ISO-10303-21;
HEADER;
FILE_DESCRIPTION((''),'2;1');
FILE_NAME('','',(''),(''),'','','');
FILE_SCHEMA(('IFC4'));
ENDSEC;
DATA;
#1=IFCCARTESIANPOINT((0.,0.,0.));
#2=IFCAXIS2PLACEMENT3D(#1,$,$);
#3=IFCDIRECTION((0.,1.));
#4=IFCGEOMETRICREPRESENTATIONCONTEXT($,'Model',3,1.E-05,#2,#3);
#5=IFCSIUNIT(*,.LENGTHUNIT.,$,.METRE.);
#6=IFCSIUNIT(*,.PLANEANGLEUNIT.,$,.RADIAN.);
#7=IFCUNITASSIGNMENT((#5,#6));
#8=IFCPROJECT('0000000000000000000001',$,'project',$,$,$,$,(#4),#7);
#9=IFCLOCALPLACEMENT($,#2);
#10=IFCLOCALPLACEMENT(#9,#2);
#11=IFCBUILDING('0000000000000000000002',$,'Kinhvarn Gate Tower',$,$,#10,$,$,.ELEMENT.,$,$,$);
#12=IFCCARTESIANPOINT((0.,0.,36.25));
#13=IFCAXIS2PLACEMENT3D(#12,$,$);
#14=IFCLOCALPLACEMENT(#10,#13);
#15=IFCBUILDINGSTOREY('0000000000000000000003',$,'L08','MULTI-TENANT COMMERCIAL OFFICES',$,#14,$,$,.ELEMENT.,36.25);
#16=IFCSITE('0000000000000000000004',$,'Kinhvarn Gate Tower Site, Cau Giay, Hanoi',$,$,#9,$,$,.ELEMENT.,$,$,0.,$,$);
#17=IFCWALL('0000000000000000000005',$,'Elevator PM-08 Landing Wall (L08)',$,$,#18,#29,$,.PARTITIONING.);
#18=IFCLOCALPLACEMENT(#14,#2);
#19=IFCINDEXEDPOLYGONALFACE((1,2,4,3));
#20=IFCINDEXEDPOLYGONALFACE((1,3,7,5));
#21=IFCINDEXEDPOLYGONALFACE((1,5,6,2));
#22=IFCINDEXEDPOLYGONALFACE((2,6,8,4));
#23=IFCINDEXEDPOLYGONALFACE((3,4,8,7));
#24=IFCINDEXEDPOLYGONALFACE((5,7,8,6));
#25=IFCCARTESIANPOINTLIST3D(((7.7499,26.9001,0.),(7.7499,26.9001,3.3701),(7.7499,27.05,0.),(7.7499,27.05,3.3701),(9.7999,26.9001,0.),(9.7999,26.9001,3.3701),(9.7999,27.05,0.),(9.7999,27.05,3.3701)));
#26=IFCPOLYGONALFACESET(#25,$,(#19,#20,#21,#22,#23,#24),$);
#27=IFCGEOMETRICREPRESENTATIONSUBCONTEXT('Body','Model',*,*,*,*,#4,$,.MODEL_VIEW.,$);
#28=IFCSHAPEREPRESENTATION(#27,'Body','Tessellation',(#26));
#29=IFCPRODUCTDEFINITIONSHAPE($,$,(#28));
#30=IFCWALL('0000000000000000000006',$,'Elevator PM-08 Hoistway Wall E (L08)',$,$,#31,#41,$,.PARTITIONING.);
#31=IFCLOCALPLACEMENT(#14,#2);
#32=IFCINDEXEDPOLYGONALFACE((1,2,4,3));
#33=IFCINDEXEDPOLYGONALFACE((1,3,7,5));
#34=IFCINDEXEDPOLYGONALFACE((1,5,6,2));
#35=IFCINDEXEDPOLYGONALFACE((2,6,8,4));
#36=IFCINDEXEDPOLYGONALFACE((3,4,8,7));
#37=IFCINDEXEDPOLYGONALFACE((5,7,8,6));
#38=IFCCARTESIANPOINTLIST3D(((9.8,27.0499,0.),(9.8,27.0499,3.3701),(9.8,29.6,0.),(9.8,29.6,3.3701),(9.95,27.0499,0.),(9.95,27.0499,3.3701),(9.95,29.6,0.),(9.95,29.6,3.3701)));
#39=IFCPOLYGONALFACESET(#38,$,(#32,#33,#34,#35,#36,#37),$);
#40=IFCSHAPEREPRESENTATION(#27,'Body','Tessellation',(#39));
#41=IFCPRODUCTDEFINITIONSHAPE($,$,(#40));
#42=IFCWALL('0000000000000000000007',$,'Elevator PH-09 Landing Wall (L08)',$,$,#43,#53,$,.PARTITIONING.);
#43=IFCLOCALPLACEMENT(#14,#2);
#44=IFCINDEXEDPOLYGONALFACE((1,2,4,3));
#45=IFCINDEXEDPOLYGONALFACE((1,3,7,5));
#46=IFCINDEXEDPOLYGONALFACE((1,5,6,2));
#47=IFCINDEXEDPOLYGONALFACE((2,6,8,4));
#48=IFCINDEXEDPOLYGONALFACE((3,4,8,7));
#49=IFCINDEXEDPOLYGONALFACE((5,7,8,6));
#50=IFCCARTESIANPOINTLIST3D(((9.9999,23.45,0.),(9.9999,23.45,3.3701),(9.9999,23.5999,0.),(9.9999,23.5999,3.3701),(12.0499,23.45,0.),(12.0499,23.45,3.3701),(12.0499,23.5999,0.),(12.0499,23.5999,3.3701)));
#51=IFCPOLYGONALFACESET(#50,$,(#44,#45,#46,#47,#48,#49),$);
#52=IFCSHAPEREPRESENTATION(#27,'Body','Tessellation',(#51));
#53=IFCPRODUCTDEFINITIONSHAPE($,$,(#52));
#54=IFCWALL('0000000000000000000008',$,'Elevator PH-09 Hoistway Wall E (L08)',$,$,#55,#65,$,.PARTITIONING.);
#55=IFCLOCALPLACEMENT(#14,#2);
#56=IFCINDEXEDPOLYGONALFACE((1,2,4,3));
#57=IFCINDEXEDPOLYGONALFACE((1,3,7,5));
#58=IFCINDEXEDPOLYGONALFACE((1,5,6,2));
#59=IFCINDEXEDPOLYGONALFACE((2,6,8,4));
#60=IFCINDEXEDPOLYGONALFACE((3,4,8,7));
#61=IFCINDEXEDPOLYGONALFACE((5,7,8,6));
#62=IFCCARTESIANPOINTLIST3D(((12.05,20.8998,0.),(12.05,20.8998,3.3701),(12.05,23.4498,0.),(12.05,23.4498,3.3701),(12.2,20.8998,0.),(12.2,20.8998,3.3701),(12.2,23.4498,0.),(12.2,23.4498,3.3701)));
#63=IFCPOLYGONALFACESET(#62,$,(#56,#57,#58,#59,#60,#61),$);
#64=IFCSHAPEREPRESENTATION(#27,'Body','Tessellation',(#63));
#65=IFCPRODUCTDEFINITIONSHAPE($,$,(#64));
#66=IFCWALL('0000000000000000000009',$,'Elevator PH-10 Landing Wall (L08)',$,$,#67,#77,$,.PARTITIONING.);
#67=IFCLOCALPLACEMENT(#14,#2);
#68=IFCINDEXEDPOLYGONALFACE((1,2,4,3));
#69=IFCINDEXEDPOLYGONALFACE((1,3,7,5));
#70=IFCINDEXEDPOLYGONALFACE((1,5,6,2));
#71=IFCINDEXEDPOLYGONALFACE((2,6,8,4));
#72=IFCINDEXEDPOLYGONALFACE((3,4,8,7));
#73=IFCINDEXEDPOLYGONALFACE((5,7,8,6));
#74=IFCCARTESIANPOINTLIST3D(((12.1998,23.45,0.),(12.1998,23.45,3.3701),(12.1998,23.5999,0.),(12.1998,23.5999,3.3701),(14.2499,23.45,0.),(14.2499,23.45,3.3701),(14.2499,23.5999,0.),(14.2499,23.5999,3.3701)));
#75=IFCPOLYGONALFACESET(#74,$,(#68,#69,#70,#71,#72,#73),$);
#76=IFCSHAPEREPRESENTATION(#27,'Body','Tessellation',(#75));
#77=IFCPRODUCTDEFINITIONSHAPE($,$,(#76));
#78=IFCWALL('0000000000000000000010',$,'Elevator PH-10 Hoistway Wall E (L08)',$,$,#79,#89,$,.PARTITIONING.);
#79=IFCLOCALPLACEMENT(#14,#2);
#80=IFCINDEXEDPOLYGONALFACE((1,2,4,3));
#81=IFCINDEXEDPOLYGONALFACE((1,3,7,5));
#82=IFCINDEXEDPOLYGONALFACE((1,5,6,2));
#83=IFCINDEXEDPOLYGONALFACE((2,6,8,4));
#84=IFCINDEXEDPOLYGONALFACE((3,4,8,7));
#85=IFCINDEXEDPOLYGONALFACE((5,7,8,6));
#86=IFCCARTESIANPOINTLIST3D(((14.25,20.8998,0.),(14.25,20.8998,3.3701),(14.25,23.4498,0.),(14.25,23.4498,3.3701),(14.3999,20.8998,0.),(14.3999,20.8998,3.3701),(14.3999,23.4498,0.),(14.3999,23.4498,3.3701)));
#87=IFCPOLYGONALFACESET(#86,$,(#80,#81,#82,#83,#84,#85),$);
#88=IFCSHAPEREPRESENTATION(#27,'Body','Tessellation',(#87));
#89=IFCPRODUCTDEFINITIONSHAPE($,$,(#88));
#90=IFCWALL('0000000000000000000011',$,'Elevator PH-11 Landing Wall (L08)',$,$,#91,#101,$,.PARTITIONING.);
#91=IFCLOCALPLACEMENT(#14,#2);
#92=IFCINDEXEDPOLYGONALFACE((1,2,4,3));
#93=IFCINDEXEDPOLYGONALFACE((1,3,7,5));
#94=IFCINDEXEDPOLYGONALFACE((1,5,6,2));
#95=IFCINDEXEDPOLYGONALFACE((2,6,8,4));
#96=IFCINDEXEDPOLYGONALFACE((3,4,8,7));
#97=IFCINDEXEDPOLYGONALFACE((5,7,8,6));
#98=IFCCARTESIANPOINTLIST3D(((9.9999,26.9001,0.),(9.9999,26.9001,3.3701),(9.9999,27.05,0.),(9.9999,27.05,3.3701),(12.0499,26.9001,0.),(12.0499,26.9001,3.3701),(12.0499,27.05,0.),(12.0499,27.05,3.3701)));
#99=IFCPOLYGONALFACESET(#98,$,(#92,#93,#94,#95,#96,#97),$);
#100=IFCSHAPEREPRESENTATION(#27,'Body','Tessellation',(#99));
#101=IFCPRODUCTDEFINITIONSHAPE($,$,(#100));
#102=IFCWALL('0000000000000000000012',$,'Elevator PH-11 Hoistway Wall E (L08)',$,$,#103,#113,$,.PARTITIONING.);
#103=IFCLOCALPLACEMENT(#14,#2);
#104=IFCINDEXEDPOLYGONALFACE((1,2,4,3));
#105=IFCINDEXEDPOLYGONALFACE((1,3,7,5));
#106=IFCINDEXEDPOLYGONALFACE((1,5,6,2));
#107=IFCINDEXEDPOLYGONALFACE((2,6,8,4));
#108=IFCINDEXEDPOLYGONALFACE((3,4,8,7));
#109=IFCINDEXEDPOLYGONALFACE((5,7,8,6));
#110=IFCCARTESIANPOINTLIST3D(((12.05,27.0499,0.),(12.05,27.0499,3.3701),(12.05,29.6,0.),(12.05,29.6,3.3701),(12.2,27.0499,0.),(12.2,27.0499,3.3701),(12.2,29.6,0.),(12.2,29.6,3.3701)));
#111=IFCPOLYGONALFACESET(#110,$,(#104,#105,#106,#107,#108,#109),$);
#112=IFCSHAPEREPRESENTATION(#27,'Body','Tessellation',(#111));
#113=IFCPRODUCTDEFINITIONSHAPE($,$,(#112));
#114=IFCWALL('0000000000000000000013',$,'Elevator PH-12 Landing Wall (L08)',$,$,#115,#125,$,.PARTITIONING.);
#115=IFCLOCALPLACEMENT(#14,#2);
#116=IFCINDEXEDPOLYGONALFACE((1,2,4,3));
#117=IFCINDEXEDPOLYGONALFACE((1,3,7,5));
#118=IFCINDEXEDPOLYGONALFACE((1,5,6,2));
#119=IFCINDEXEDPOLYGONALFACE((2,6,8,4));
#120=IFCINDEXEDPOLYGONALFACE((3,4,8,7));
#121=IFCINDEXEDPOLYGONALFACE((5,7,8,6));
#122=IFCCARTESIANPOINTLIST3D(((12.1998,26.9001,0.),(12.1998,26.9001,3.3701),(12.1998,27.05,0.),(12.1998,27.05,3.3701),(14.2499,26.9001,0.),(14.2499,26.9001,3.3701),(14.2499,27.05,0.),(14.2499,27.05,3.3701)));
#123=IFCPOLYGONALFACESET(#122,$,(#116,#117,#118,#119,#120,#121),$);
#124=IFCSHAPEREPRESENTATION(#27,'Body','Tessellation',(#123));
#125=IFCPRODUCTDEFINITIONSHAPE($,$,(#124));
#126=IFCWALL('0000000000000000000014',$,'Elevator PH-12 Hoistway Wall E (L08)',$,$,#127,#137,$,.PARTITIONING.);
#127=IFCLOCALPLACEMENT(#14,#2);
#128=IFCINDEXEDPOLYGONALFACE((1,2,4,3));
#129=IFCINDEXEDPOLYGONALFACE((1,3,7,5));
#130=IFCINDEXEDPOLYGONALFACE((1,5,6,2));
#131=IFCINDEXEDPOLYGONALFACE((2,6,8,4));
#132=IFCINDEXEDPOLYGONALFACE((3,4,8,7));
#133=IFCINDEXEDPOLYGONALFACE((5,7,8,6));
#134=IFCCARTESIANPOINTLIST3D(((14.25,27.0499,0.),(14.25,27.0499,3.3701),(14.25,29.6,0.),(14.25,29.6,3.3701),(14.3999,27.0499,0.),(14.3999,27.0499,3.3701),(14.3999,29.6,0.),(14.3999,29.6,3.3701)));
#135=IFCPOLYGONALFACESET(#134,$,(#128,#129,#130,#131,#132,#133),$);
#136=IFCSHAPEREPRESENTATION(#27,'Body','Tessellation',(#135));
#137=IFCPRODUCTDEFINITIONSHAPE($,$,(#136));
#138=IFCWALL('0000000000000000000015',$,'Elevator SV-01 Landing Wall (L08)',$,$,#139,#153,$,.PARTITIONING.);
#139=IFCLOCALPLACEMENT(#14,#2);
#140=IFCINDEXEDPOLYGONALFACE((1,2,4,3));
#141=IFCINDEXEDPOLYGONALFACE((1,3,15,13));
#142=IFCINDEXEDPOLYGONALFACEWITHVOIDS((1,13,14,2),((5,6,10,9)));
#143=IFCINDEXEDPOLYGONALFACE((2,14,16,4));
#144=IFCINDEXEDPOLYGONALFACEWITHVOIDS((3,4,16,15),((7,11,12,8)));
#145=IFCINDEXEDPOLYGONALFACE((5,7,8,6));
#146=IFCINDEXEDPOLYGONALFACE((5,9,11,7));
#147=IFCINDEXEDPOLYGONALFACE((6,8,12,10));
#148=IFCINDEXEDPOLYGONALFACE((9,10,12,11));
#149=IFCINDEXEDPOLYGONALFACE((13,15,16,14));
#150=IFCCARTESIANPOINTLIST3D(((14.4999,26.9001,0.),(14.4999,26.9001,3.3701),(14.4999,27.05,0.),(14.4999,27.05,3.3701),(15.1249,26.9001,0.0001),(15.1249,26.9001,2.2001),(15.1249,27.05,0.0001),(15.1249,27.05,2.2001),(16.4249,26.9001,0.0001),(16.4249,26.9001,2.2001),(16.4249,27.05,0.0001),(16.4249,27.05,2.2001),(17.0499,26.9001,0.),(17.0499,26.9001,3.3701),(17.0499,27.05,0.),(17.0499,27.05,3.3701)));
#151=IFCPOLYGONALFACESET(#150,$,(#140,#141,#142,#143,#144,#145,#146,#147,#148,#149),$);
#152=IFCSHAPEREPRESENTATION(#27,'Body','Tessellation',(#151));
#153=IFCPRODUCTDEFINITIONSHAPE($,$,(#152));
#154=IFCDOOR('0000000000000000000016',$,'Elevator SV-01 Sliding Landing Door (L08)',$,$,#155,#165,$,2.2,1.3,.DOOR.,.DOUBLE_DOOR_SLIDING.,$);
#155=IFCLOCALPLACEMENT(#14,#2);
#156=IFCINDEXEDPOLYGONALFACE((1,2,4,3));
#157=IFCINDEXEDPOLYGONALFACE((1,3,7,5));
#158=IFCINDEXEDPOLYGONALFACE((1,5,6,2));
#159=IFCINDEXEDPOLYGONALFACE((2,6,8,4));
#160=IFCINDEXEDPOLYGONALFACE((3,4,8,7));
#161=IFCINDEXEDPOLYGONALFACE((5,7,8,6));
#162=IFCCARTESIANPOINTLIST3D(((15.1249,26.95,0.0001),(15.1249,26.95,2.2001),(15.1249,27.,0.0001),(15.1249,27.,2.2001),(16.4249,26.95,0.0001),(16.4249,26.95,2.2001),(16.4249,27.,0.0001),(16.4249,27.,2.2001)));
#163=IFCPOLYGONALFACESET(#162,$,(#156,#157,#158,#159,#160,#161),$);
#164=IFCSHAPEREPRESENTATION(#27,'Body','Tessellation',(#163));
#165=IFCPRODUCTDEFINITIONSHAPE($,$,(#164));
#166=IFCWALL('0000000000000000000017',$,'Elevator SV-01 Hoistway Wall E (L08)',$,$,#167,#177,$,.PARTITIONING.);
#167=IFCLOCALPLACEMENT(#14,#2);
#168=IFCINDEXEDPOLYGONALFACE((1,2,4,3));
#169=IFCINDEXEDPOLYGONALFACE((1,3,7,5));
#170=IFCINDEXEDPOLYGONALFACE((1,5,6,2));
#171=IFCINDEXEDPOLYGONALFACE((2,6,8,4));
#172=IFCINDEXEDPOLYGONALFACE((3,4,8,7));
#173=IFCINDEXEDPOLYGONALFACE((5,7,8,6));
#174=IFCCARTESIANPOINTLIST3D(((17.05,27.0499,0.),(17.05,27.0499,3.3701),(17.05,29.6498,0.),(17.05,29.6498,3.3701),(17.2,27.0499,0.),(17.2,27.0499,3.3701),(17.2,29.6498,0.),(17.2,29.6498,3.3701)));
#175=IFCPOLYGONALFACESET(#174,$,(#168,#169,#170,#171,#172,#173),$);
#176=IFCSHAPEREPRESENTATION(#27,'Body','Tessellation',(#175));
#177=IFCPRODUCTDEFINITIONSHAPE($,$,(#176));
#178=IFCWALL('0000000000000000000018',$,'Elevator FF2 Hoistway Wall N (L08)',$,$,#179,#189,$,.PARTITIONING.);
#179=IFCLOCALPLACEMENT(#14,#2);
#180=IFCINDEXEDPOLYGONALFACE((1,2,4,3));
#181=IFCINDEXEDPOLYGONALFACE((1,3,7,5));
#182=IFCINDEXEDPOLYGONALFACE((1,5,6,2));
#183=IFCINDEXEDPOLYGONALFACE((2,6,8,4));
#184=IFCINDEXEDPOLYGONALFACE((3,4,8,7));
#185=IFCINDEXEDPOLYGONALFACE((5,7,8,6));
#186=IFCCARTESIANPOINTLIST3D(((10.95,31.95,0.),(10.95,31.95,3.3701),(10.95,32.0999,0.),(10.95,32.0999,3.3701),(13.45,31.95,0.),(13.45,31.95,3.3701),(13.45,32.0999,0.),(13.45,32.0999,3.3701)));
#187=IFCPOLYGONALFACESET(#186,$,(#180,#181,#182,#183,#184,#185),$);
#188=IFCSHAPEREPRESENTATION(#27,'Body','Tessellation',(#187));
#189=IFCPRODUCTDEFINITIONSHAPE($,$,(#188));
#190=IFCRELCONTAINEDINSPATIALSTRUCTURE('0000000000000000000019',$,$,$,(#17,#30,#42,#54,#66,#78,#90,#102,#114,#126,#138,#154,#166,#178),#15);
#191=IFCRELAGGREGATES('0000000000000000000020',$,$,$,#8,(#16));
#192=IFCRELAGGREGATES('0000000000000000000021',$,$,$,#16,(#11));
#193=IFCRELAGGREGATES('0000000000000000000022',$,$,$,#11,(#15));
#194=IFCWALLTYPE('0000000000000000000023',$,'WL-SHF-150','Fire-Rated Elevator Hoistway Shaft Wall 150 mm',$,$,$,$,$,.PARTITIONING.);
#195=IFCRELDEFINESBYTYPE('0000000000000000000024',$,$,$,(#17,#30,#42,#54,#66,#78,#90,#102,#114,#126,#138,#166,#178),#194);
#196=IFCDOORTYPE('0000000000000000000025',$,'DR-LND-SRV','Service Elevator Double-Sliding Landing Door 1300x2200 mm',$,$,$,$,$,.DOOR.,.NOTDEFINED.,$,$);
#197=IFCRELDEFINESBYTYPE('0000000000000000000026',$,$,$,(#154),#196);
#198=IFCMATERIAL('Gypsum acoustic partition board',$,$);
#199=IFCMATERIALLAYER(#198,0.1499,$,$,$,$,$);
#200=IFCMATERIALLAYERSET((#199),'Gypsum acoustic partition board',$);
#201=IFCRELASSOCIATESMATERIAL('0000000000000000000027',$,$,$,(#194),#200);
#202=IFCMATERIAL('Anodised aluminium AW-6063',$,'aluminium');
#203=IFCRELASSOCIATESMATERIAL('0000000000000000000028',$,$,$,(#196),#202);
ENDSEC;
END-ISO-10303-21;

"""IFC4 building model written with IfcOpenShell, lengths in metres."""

from ifc_helpers import new_model, si_unit, direction, frame, frame_2d, origin, place, context, subcontext, project, spatial, rectangle, extrude, material, layer, layer_set, type_object, element, fill, save


model = new_model("IFC4")

# Units and contexts
model_context = context("Model", 3, precision=1e-05, world=origin(), true_north=direction((0.0, 1.0)))
body_context = subcontext(model_context, "Body", "Model", "MODEL_VIEW")
ifc_project = project(units=[si_unit("LENGTHUNIT", "METRE"), si_unit("PLANEANGLEUNIT", "RADIAN")], contexts=[model_context])

# Site, building, storey
site_placement = place(None, origin())
site = spatial("IfcSite", under=ifc_project, at=site_placement, Name="Kinhvarn Gate Tower Site, Cau Giay, Hanoi", CompositionType="ELEMENT", RefElevation=0.0)
building_placement = place(site_placement, origin())
building = spatial("IfcBuilding", under=site, at=building_placement, Name="Kinhvarn Gate Tower", CompositionType="ELEMENT")
storey_placement = place(building_placement, frame((0.0, 0.0, 36.25)))
storey = spatial("IfcBuildingStorey", under=building, at=storey_placement, Name="L08", Description="MULTI-TENANT COMMERCIAL OFFICES", CompositionType="ELEMENT", Elevation=36.25)

# Shared definitions
ifc_material_1 = material(Name="Anodised aluminium AW-6063", Category="aluminium")
ifc_material_2 = material(Name="Gypsum acoustic partition board")

# Walls
ifc_layer_1 = layer(ifc_material_2, 0.1499)
ifc_layer_set_1 = layer_set([ifc_layer_1], Name="Gypsum acoustic partition board")
wall_type_1 = type_object("IfcWallType", Name="WL-SHF-150", Description="Fire-Rated Elevator Hoistway Shaft Wall 150 mm", PredefinedType="PARTITIONING", material=ifc_layer_set_1)
wall_1_placement = place(storey_placement, frame((7.75, 26.9751, 0.0), z_axis=(0.0, 0.0, 1.0), x_axis=(1.0, 0.0, 0.0)))
element("IfcWall", 1, at=wall_1_placement, inside=storey, type_object=wall_type_1, Name="Elevator PM-08 Landing Wall (L08)", PredefinedType="PARTITIONING", context=body_context, shape_type="SweptSolid", body=[
    extrude(rectangle(XDim=2.05, YDim=0.1499, at=frame_2d((1.0249, 0.0))), origin(), (0.0, 0.0, 1.0), 3.3701),
])
wall_2_placement = place(storey_placement, frame((9.875, 27.05, 0.0), z_axis=(0.0, 0.0, 1.0), x_axis=(0.0, 1.0, 0.0)))
element("IfcWall", 2, at=wall_2_placement, inside=storey, type_object=wall_type_1, Name="Elevator PM-08 Hoistway Wall E (L08)", PredefinedType="PARTITIONING", context=body_context, shape_type="SweptSolid", body=[
    extrude(rectangle(XDim=2.55, YDim=0.1499, at=frame_2d((1.2749, 0.0))), origin(), (0.0, 0.0, 1.0), 3.3701),
])
wall_3_placement = place(storey_placement, frame((10.0, 23.5249, 0.0), z_axis=(0.0, 0.0, 1.0), x_axis=(1.0, 0.0, 0.0)))
element("IfcWall", 3, at=wall_3_placement, inside=storey, type_object=wall_type_1, Name="Elevator PH-09 Landing Wall (L08)", PredefinedType="PARTITIONING", context=body_context, shape_type="SweptSolid", body=[
    extrude(rectangle(XDim=2.05, YDim=0.1499, at=frame_2d((1.0249, 0.0))), origin(), (0.0, 0.0, 1.0), 3.3701),
])
wall_4_placement = place(storey_placement, frame((12.125, 20.8999, 0.0), z_axis=(0.0, 0.0, 1.0), x_axis=(0.0, 1.0, 0.0)))
element("IfcWall", 4, at=wall_4_placement, inside=storey, type_object=wall_type_1, Name="Elevator PH-09 Hoistway Wall E (L08)", PredefinedType="PARTITIONING", context=body_context, shape_type="SweptSolid", body=[
    extrude(rectangle(XDim=2.55, YDim=0.1499, at=frame_2d((1.2749, 0.0))), origin(), (0.0, 0.0, 1.0), 3.3701),
])
wall_5_placement = place(storey_placement, frame((12.2, 23.5249, 0.0), z_axis=(0.0, 0.0, 1.0), x_axis=(1.0, 0.0, 0.0)))
element("IfcWall", 5, at=wall_5_placement, inside=storey, type_object=wall_type_1, Name="Elevator PH-10 Landing Wall (L08)", PredefinedType="PARTITIONING", context=body_context, shape_type="SweptSolid", body=[
    extrude(rectangle(XDim=2.05, YDim=0.1499, at=frame_2d((1.0249, 0.0))), origin(), (0.0, 0.0, 1.0), 3.3701),
])
wall_6_placement = place(storey_placement, frame((14.325, 20.8999, 0.0), z_axis=(0.0, 0.0, 1.0), x_axis=(0.0, 1.0, 0.0)))
element("IfcWall", 6, at=wall_6_placement, inside=storey, type_object=wall_type_1, Name="Elevator PH-10 Hoistway Wall E (L08)", PredefinedType="PARTITIONING", context=body_context, shape_type="SweptSolid", body=[
    extrude(rectangle(XDim=2.55, YDim=0.1499, at=frame_2d((1.2749, 0.0))), origin(), (0.0, 0.0, 1.0), 3.3701),
])
wall_7_placement = place(storey_placement, frame((10.0, 26.9751, 0.0), z_axis=(0.0, 0.0, 1.0), x_axis=(1.0, 0.0, 0.0)))
element("IfcWall", 7, at=wall_7_placement, inside=storey, type_object=wall_type_1, Name="Elevator PH-11 Landing Wall (L08)", PredefinedType="PARTITIONING", context=body_context, shape_type="SweptSolid", body=[
    extrude(rectangle(XDim=2.05, YDim=0.1499, at=frame_2d((1.0249, 0.0))), origin(), (0.0, 0.0, 1.0), 3.3701),
])
wall_8_placement = place(storey_placement, frame((12.125, 27.05, 0.0), z_axis=(0.0, 0.0, 1.0), x_axis=(0.0, 1.0, 0.0)))
element("IfcWall", 8, at=wall_8_placement, inside=storey, type_object=wall_type_1, Name="Elevator PH-11 Hoistway Wall E (L08)", PredefinedType="PARTITIONING", context=body_context, shape_type="SweptSolid", body=[
    extrude(rectangle(XDim=2.55, YDim=0.1499, at=frame_2d((1.2749, 0.0))), origin(), (0.0, 0.0, 1.0), 3.3701),
])
wall_9_placement = place(storey_placement, frame((12.2, 26.9751, 0.0), z_axis=(0.0, 0.0, 1.0), x_axis=(1.0, 0.0, 0.0)))
element("IfcWall", 9, at=wall_9_placement, inside=storey, type_object=wall_type_1, Name="Elevator PH-12 Landing Wall (L08)", PredefinedType="PARTITIONING", context=body_context, shape_type="SweptSolid", body=[
    extrude(rectangle(XDim=2.05, YDim=0.1499, at=frame_2d((1.0249, 0.0))), origin(), (0.0, 0.0, 1.0), 3.3701),
])
wall_10_placement = place(storey_placement, frame((14.325, 27.05, 0.0), z_axis=(0.0, 0.0, 1.0), x_axis=(0.0, 1.0, 0.0)))
element("IfcWall", 10, at=wall_10_placement, inside=storey, type_object=wall_type_1, Name="Elevator PH-12 Hoistway Wall E (L08)", PredefinedType="PARTITIONING", context=body_context, shape_type="SweptSolid", body=[
    extrude(rectangle(XDim=2.55, YDim=0.1499, at=frame_2d((1.2749, 0.0))), origin(), (0.0, 0.0, 1.0), 3.3701),
])

# Wall, opening, door
wall_11_placement = place(storey_placement, frame((14.5, 26.9751, 0.0), z_axis=(0.0, 0.0, 1.0), x_axis=(1.0, 0.0, 0.0)))
wall_11 = element("IfcWall", 11, at=wall_11_placement, inside=storey, type_object=wall_type_1, Name="Elevator SV-01 Landing Wall (L08)", PredefinedType="PARTITIONING", context=body_context, shape_type="SweptSolid", body=[
    extrude(rectangle(XDim=2.55, YDim=0.1499, at=frame_2d((1.2749, 0.0))), origin(), (0.0, 0.0, 1.0), 3.3701),
])
opening_1_placement = place(wall_11_placement, frame((0.625, 0.0, 0.0)))
opening_1 = element("IfcOpeningElement", 12, at=opening_1_placement, cuts=wall_11, PredefinedType="OPENING", context=body_context, shape_type="SweptSolid", body=[
    extrude(rectangle(XDim=1.3, YDim=2.2, at=frame_2d((0.6499, 1.1001))), frame((0.0, 0.085, 0.0), z_axis=(0.0, -1.0, 0.0), x_axis=(1.0, 0.0, 0.0)), (0.0, 0.0, 1.0), 0.1699),
])
door_type_1 = type_object("IfcDoorType", Name="DR-LND-SRV", Description="Service Elevator Double-Sliding Landing Door 1300x2200 mm", OperationType="NOTDEFINED", PredefinedType="DOOR", material=ifc_material_1)
door_1_placement = place(opening_1_placement, origin())
door_1 = element("IfcDoor", 13, at=door_1_placement, inside=storey, type_object=door_type_1, Name="Elevator SV-01 Sliding Landing Door (L08)", OperationType="DOUBLE_DOOR_SLIDING", OverallHeight=2.2, OverallWidth=1.3, PredefinedType="DOOR", context=body_context, shape_type="SweptSolid", body=[
    extrude(rectangle(XDim=1.3, YDim=2.2, at=frame_2d((0.6499, 1.1001))), frame((0.0, 0.0249, 0.0), z_axis=(0.0, -1.0, 0.0), x_axis=(1.0, 0.0, 0.0)), (0.0, 0.0, 1.0), 0.05),
])
fill(opening_1, door_1)

# Walls
wall_12_placement = place(storey_placement, frame((17.125, 27.05, 0.0), z_axis=(0.0, 0.0, 1.0), x_axis=(0.0, 1.0, 0.0)))
element("IfcWall", 14, at=wall_12_placement, inside=storey, type_object=wall_type_1, Name="Elevator SV-01 Hoistway Wall E (L08)", PredefinedType="PARTITIONING", context=body_context, shape_type="SweptSolid", body=[
    extrude(rectangle(XDim=2.5999, YDim=0.1499, at=frame_2d((1.2998, 0.0))), origin(), (0.0, 0.0, 1.0), 3.3701),
])
wall_13_placement = place(storey_placement, frame((10.95, 32.0249, 0.0), z_axis=(0.0, 0.0, 1.0), x_axis=(1.0, 0.0, 0.0)))
element("IfcWall", 15, at=wall_13_placement, inside=storey, type_object=wall_type_1, Name="Elevator FF2 Hoistway Wall N (L08)", PredefinedType="PARTITIONING", context=body_context, shape_type="SweptSolid", body=[
    extrude(rectangle(XDim=2.5, YDim=0.1499, at=frame_2d((1.25, 0.0))), origin(), (0.0, 0.0, 1.0), 3.3701),
])

save(model, "model.ifc")
